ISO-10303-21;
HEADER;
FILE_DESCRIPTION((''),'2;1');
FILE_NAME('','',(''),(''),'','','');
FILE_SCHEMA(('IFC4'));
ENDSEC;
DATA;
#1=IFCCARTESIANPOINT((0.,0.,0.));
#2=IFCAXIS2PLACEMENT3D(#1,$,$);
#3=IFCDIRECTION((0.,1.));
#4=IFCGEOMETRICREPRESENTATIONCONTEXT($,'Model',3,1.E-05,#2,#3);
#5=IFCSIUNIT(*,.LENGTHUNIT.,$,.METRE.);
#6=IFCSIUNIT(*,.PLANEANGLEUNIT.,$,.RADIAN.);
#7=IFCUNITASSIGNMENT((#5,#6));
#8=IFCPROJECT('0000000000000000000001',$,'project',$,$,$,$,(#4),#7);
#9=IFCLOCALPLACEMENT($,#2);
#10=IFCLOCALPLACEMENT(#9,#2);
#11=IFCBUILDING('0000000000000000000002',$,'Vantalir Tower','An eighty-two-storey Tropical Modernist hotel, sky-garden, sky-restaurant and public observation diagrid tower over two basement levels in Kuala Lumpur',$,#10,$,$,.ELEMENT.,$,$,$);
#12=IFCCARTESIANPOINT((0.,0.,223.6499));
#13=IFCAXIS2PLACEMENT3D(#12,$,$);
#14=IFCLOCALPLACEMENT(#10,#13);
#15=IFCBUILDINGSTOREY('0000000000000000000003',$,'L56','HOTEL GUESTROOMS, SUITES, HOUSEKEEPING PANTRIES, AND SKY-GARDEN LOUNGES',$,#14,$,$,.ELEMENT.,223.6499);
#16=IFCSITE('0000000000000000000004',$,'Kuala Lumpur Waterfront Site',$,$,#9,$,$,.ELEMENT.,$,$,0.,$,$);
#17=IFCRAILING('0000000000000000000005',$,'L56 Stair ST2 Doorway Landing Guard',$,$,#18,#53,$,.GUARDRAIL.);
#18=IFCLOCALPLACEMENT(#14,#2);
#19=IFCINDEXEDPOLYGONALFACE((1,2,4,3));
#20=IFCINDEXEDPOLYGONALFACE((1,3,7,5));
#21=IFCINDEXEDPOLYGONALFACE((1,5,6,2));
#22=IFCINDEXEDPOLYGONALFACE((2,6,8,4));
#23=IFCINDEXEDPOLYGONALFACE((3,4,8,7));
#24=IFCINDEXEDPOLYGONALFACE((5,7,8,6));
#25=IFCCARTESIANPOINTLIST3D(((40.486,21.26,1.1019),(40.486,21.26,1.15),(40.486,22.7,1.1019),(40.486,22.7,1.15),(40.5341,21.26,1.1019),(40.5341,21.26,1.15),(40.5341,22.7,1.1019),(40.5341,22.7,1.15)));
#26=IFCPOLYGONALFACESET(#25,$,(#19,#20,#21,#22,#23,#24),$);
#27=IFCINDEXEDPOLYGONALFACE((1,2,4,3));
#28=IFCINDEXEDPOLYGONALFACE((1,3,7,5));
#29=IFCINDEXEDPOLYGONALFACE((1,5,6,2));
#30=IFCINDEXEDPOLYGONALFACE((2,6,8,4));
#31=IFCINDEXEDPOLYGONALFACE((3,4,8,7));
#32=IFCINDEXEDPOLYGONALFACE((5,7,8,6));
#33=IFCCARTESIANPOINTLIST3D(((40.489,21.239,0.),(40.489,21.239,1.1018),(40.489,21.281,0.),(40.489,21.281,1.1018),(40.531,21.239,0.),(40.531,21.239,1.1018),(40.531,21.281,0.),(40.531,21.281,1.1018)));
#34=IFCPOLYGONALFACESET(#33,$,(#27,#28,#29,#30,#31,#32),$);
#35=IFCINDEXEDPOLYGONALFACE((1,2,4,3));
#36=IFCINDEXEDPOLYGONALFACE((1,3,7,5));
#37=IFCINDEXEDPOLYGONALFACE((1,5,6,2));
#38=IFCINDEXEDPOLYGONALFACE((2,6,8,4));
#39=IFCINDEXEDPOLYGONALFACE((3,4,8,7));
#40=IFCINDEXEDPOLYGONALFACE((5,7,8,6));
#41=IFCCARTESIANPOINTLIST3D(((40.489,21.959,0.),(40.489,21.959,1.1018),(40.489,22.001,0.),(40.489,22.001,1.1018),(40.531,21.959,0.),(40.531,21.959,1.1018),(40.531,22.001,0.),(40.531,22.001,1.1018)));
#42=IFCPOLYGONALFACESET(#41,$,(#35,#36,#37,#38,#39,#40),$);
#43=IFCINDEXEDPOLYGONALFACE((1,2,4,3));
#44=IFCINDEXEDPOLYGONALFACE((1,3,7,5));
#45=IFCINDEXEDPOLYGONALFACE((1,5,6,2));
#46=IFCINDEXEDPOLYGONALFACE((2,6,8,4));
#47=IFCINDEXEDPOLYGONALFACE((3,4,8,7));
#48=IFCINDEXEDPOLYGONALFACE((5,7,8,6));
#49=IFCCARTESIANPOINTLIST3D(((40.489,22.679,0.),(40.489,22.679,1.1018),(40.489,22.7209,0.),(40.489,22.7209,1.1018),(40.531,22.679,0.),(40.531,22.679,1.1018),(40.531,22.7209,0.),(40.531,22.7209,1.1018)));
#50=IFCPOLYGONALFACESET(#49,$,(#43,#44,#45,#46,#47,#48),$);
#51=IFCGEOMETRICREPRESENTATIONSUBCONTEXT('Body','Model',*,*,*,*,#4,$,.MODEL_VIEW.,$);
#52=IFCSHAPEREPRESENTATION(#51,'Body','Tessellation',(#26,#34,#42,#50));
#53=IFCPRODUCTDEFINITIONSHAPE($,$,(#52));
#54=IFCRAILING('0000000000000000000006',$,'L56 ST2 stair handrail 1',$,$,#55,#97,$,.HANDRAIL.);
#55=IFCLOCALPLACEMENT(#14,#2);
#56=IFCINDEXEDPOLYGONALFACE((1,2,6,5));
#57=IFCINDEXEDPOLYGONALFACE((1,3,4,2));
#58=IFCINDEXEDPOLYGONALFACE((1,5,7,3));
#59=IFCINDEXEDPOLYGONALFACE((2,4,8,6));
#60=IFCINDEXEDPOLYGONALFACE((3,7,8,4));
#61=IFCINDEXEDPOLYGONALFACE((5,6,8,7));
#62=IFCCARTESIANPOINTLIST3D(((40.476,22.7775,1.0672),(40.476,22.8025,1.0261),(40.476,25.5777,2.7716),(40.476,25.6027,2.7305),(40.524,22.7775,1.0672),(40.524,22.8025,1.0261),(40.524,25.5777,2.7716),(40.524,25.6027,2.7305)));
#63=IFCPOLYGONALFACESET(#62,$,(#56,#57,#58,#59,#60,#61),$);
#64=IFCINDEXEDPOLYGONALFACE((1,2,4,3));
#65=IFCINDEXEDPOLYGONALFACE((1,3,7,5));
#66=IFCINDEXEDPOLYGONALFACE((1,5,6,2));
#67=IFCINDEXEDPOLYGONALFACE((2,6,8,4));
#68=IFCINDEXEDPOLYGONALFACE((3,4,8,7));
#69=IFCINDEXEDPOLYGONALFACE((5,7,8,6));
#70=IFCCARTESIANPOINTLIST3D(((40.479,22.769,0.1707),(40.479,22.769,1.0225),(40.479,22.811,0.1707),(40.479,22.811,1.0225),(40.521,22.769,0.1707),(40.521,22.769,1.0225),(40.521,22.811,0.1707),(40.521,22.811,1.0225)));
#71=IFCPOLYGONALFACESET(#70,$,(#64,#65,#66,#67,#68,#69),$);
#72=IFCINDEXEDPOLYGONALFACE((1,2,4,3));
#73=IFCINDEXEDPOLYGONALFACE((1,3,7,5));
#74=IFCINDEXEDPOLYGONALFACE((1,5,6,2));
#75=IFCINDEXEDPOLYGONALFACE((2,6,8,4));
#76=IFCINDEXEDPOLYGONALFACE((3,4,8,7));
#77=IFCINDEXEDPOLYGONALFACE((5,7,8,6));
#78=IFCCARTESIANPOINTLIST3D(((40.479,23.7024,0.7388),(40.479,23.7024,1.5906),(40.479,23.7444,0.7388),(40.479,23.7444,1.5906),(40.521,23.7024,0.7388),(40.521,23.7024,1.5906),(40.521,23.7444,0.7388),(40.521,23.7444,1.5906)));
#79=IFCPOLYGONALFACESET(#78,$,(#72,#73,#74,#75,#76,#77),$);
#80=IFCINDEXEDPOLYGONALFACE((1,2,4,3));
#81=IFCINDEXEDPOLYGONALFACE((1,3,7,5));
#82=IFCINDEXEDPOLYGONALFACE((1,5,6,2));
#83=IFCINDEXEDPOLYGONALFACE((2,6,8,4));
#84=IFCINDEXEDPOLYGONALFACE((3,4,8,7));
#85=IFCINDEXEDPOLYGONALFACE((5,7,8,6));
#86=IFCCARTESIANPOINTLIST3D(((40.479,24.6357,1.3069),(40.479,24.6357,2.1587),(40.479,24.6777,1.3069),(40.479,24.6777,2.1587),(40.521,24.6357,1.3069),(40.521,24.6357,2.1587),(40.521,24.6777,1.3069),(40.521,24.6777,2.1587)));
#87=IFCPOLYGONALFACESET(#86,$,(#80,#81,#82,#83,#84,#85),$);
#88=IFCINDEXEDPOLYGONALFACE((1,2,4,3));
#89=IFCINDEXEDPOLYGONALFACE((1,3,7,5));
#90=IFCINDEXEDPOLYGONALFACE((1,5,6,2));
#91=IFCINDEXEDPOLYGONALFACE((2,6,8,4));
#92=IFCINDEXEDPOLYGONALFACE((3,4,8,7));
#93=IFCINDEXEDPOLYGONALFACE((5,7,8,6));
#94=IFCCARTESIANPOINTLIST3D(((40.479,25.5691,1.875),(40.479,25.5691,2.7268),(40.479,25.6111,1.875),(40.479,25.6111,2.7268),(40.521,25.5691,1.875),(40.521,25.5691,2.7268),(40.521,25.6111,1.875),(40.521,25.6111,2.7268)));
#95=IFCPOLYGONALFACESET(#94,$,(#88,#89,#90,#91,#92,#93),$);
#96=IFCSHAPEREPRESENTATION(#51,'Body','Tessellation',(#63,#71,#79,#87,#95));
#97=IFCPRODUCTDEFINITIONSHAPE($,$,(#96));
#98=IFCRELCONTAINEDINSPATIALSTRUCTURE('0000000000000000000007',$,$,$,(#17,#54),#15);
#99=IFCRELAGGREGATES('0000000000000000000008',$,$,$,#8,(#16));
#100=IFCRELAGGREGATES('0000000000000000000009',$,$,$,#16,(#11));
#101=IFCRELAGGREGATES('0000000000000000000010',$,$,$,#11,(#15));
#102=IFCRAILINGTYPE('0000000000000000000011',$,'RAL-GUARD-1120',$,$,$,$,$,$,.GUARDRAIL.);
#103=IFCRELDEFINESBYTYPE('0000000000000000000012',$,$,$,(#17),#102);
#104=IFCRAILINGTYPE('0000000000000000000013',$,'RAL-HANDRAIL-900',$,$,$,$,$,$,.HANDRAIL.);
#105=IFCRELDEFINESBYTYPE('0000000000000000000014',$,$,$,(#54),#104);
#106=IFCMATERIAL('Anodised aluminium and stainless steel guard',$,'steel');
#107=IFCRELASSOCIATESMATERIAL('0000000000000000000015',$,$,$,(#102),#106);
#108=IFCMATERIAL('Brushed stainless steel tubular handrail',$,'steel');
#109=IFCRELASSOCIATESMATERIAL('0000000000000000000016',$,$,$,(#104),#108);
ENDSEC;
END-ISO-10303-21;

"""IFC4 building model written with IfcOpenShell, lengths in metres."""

from ifc_helpers import new_model, si_unit, direction, frame, origin, origin_2d, place, context, subcontext, project, spatial, rectangle, extrude, material, type_object, element, save


model = new_model("IFC4")

# Units and contexts
model_context = context("Model", 3, precision=1e-05, world=origin(), true_north=direction((0.0, 1.0)))
body_context = subcontext(model_context, "Body", "Model", "MODEL_VIEW")
ifc_project = project(units=[si_unit("LENGTHUNIT", "METRE"), si_unit("PLANEANGLEUNIT", "RADIAN")], contexts=[model_context])

# Site, building, storey
site_placement = place(None, origin())
site = spatial("IfcSite", under=ifc_project, at=site_placement, Name="Kuala Lumpur Waterfront Site", CompositionType="ELEMENT", RefElevation=0.0)
building_placement = place(site_placement, origin())
building = spatial("IfcBuilding", under=site, at=building_placement, Name="Vantalir Tower", Description="An eighty-two-storey Tropical Modernist hotel, sky-garden, sky-restaurant and public observation diagrid tower over two basement levels in Kuala Lumpur", CompositionType="ELEMENT")
storey_placement = place(building_placement, frame((0.0, 0.0, 223.6499)))
storey = spatial("IfcBuildingStorey", under=building, at=storey_placement, Name="L56", Description="HOTEL GUESTROOMS, SUITES, HOUSEKEEPING PANTRIES, AND SKY-GARDEN LOUNGES", CompositionType="ELEMENT", Elevation=223.6499)

# Railings
ifc_material_1 = material(Name="Anodised aluminium and stainless steel guard", Category="steel")
railing_type_1 = type_object("IfcRailingType", Name="RAL-GUARD-1120", PredefinedType="GUARDRAIL", material=ifc_material_1)
railing_1_placement = place(storey_placement, frame((40.51, 21.26, 0.0)))
element("IfcRailing", 1, at=railing_1_placement, inside=storey, type_object=railing_type_1, Name="L56 Stair ST2 Doorway Landing Guard", PredefinedType="GUARDRAIL", context=body_context, shape_type="SweptSolid", body=[
    extrude(rectangle(XDim=0.0481, YDim=0.0481, at=origin_2d()), frame((0.0, 0.0, 1.126), z_axis=(0.0, 1.0, 0.0), x_axis=(-1.0, 0.0, 0.0)), (0.0, 0.0, 1.0), 1.4399),
    extrude(rectangle(XDim=0.042, YDim=0.042, at=origin_2d()), origin(), (0.0, 0.0, 1.0), 1.1018),
    extrude(rectangle(XDim=0.042, YDim=0.042, at=origin_2d()), frame((0.0, 0.72, 0.0)), (0.0, 0.0, 1.0), 1.1018),
    extrude(rectangle(XDim=0.042, YDim=0.042, at=origin_2d()), frame((0.0, 1.4399, 0.0)), (0.0, 0.0, 1.0), 1.1018),
])
ifc_material_2 = material(Name="Brushed stainless steel tubular handrail", Category="steel")
railing_type_2 = type_object("IfcRailingType", Name="RAL-HANDRAIL-900", PredefinedType="HANDRAIL", material=ifc_material_2)
railing_2_placement = place(storey_placement, frame((40.5, 22.79, 0.1707)))
element("IfcRailing", 2, at=railing_2_placement, inside=storey, type_object=railing_type_2, Name="L56 ST2 stair handrail 1", PredefinedType="HANDRAIL", context=body_context, shape_type="SweptSolid", body=[
    extrude(rectangle(XDim=0.0481, YDim=0.0481, at=origin_2d()), frame((0.0, 0.0, 0.876), z_axis=(0.0, 0.854203, 0.51994), x_axis=(-1.0, 0.0, 0.0)), (0.0, 0.0, 1.0), 3.2781),
    extrude(rectangle(XDim=0.042, YDim=0.042, at=origin_2d()), origin(), (0.0, 0.0, 1.0), 0.8518),
    extrude(rectangle(XDim=0.042, YDim=0.042, at=origin_2d()), frame((0.0, 0.9333, 0.5681)), (0.0, 0.0, 1.0), 0.8518),
    extrude(rectangle(XDim=0.042, YDim=0.042, at=origin_2d()), frame((0.0, 1.8667, 1.1362)), (0.0, 0.0, 1.0), 0.8518),
    extrude(rectangle(XDim=0.042, YDim=0.042, at=origin_2d()), frame((0.0, 2.8, 1.7043)), (0.0, 0.0, 1.0), 0.8518),
])

save(model, "model.ifc")
